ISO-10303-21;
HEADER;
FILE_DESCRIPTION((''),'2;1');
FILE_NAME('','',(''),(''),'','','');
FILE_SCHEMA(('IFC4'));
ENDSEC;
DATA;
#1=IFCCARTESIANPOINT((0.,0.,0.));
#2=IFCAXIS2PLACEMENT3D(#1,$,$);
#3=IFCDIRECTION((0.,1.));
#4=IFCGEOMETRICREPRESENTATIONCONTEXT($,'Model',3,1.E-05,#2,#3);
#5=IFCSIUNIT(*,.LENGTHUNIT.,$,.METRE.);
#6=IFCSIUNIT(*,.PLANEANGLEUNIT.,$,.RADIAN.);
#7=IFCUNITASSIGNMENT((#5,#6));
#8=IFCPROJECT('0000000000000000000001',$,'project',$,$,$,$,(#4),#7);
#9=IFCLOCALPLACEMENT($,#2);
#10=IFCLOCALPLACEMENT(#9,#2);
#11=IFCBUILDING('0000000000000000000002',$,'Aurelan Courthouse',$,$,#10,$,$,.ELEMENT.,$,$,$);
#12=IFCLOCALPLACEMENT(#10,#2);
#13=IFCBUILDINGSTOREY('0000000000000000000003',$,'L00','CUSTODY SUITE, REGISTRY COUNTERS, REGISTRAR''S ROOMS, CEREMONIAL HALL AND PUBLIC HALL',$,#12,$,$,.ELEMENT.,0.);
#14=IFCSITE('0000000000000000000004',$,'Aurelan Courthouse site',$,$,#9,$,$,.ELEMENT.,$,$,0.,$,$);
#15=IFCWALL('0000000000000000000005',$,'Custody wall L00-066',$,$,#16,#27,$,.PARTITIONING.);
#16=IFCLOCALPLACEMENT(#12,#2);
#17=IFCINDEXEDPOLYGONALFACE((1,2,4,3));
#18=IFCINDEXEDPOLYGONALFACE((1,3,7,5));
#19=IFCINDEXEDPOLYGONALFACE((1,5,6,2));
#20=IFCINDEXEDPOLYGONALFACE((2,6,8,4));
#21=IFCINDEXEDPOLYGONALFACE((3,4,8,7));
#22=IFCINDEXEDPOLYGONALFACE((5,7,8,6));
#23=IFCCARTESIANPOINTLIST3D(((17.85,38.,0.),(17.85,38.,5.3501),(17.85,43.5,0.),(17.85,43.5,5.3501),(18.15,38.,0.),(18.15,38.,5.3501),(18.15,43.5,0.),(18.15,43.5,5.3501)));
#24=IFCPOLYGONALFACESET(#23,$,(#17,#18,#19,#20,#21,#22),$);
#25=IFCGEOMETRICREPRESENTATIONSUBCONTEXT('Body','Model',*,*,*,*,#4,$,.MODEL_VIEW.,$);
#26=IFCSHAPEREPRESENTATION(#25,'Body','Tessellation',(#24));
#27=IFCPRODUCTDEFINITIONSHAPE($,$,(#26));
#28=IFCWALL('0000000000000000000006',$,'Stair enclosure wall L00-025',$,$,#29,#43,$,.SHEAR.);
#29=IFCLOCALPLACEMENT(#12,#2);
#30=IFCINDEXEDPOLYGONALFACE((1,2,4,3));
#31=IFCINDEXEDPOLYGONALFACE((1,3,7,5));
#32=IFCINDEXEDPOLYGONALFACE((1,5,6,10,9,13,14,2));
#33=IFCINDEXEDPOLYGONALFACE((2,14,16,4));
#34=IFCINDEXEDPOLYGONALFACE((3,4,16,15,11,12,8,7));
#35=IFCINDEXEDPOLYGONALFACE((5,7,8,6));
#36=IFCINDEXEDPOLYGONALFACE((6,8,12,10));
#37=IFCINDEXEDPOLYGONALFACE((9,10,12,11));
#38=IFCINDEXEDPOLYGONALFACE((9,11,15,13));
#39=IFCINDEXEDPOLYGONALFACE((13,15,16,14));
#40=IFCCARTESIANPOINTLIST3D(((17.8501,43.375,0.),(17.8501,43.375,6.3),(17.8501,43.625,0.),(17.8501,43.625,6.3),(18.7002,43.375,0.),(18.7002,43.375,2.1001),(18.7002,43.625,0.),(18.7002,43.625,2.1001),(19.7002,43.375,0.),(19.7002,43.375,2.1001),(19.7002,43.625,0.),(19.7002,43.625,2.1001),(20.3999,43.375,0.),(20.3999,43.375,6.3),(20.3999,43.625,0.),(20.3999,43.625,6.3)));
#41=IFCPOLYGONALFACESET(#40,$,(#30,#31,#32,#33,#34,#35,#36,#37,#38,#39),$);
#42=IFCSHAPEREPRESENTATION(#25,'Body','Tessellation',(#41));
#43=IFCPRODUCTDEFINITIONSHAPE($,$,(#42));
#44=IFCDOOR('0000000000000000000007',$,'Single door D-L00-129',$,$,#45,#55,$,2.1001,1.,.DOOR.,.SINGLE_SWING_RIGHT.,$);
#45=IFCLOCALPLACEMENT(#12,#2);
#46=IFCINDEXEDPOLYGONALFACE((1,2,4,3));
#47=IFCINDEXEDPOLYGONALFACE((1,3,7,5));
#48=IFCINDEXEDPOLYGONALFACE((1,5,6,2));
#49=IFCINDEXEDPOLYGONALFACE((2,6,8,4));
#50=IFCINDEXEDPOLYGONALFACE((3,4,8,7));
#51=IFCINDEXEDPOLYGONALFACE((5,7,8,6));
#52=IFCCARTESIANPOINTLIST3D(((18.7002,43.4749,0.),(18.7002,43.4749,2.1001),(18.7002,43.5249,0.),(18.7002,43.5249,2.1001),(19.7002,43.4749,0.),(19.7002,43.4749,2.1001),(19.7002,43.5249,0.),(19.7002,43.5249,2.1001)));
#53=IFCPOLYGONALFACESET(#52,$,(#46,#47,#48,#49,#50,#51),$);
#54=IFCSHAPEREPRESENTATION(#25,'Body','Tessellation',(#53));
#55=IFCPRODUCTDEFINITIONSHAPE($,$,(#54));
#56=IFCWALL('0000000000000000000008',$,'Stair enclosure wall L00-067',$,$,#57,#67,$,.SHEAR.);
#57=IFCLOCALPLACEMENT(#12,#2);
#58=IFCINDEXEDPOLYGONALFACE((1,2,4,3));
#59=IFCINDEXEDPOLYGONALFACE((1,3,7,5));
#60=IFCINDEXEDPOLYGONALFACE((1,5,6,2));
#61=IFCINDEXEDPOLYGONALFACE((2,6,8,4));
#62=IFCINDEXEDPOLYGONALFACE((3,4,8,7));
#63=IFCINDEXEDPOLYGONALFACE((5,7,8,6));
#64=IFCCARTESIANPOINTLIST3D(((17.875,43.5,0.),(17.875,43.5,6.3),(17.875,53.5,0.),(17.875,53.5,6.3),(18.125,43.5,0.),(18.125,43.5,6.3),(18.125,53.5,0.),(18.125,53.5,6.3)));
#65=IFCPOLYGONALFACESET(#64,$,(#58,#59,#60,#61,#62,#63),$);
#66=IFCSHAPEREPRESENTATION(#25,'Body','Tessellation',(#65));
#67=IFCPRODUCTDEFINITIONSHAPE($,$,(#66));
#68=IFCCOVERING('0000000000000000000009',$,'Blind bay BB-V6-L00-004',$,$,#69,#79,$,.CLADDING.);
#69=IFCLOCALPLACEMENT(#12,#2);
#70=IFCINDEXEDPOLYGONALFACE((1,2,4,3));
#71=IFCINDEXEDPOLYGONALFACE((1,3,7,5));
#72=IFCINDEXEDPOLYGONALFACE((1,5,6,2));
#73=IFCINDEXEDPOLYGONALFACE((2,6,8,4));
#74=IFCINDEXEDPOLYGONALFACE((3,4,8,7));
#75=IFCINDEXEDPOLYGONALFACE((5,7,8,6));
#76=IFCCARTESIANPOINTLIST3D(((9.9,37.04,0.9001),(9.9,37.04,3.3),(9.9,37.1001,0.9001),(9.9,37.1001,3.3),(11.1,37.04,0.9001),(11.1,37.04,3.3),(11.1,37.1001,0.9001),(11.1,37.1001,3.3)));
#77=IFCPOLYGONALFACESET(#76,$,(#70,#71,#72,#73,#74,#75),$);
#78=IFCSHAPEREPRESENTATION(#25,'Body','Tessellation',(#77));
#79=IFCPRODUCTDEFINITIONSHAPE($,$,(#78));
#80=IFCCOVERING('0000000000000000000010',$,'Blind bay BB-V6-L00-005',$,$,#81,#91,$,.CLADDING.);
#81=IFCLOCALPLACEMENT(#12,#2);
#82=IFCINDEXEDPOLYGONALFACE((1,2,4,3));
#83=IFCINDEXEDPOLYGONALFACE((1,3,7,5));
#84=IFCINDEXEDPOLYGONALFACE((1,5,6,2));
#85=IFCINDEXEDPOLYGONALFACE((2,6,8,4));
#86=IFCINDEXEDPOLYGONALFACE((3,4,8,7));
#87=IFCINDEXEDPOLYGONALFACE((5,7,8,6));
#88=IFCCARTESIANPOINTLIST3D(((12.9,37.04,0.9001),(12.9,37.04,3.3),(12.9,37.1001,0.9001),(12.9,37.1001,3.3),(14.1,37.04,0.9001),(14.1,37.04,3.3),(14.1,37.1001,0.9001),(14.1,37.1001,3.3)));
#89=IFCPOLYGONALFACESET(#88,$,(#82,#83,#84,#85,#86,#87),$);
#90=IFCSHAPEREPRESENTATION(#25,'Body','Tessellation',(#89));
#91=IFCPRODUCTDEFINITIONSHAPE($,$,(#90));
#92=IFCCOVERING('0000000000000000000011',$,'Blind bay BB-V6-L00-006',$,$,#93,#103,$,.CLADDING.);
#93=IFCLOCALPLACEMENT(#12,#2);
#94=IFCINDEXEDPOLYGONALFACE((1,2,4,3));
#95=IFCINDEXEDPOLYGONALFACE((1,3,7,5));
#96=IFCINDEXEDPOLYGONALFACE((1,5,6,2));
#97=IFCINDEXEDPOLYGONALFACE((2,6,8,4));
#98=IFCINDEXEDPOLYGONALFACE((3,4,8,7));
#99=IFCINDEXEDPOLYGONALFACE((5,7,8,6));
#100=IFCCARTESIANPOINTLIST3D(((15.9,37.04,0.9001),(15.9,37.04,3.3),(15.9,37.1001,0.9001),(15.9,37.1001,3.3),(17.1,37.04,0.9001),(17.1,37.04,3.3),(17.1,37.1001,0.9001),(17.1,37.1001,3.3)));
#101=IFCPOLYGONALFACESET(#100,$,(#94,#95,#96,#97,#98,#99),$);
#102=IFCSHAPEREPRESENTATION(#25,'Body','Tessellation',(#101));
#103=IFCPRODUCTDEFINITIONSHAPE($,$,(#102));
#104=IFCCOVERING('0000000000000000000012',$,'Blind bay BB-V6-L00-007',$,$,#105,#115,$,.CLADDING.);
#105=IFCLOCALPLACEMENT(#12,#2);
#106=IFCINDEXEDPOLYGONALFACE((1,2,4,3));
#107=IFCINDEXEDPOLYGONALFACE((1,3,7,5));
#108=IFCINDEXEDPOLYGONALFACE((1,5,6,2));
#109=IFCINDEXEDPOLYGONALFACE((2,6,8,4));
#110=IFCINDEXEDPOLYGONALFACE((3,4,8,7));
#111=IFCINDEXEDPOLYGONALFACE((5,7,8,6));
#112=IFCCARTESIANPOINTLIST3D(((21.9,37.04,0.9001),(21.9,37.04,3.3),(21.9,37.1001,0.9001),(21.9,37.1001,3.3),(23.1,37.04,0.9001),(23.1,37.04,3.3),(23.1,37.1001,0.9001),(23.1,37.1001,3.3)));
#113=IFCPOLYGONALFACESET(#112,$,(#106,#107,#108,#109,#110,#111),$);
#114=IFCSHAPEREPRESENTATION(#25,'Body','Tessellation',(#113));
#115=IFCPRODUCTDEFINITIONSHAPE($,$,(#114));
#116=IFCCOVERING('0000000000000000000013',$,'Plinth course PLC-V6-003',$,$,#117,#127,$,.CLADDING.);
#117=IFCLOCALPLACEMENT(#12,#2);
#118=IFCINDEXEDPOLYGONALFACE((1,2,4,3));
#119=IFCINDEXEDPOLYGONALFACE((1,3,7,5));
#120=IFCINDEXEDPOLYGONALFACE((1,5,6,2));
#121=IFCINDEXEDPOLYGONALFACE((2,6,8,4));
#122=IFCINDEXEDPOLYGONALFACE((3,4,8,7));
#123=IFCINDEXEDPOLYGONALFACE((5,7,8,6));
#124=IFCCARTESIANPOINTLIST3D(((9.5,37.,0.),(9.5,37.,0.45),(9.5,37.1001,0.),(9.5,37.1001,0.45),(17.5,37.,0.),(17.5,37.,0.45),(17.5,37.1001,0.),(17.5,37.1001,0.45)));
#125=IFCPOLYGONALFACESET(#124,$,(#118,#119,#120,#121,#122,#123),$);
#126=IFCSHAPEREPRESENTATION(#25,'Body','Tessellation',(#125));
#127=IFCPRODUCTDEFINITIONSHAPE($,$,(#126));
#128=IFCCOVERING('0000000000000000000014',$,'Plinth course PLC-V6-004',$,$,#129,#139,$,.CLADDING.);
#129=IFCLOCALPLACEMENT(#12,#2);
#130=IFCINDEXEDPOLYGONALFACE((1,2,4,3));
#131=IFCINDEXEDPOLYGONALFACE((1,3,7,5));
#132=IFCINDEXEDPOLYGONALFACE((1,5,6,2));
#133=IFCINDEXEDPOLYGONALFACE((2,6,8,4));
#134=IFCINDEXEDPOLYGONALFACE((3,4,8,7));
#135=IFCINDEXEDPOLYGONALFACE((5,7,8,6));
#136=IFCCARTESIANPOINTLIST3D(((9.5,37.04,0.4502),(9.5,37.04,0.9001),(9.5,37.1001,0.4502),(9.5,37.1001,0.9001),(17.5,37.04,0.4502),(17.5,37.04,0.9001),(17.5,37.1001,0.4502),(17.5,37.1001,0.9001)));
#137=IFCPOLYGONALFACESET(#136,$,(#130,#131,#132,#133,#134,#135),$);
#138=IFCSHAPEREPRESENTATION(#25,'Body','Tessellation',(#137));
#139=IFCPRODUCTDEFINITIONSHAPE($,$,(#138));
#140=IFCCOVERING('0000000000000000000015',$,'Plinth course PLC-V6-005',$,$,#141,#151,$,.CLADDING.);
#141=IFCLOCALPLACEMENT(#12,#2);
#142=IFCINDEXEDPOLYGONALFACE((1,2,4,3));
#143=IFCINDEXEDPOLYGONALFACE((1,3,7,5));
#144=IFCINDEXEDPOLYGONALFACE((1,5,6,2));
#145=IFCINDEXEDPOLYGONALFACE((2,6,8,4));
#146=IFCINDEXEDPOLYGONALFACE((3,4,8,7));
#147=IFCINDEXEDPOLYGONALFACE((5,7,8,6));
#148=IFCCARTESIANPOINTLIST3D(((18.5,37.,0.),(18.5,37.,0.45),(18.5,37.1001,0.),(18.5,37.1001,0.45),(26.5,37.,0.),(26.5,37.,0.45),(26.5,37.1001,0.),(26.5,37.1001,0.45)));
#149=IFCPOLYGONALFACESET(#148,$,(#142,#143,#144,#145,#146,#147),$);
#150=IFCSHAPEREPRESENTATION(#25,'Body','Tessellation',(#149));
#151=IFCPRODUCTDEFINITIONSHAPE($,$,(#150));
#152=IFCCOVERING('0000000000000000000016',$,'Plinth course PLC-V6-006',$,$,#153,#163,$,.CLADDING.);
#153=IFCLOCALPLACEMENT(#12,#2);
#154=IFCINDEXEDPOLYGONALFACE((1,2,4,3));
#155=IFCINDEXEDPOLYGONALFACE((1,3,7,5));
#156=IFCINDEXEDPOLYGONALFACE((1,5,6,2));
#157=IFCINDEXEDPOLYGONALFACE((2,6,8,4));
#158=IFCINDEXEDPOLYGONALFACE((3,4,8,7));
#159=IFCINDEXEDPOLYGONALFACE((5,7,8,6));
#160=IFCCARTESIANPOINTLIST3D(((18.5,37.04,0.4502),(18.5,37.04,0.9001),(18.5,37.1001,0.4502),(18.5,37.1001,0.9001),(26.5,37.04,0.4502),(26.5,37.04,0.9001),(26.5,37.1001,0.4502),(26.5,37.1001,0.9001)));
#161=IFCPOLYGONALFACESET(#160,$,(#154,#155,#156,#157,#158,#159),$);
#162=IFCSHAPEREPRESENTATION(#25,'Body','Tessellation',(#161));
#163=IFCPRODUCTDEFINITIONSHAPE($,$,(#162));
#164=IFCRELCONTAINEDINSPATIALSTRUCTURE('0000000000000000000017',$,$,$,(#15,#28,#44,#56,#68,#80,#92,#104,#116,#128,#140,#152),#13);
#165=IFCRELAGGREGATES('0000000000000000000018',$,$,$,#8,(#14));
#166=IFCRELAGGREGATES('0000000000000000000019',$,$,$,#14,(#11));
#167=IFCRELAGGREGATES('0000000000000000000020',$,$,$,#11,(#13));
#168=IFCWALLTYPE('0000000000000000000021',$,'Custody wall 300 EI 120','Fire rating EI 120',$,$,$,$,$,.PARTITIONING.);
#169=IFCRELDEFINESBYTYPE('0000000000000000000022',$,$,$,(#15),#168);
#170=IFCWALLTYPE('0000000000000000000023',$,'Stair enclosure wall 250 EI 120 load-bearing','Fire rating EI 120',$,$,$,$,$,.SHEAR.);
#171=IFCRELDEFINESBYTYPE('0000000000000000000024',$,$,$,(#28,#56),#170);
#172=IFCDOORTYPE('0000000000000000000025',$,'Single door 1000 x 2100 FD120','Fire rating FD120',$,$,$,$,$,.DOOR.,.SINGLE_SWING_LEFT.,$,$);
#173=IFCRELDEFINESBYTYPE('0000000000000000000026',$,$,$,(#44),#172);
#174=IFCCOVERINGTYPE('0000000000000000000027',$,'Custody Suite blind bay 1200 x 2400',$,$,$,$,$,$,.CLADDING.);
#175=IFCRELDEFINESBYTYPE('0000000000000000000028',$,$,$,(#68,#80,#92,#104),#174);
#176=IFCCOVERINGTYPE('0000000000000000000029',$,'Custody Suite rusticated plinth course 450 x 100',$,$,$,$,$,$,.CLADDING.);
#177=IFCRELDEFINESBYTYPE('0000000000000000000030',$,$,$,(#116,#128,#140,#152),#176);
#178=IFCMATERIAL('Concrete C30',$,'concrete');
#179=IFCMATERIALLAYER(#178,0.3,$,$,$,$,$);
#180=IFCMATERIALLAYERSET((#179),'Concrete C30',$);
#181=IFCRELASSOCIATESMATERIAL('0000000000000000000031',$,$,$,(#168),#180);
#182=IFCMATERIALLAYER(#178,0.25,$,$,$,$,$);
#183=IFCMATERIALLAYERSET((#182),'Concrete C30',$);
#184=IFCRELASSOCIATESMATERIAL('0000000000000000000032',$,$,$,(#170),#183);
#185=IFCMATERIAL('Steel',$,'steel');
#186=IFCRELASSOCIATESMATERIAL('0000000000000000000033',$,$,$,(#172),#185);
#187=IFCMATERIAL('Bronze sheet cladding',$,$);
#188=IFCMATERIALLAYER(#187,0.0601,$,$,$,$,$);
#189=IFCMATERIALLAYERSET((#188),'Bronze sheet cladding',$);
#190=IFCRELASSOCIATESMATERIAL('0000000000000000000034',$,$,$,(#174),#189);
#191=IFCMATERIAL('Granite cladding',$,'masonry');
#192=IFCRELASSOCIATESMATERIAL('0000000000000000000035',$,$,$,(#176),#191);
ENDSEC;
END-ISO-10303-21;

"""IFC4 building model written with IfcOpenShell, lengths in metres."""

from ifc_helpers import new_model, si_unit, direction, frame, frame_2d, origin, origin_2d, place, context, subcontext, project, spatial, rectangle, extrude, material, layer, layer_set, type_object, element, fill, save


model = new_model("IFC4")

# Units and contexts
model_context = context("Model", 3, precision=1e-05, world=origin(), true_north=direction((0.0, 1.0)))
body_context = subcontext(model_context, "Body", "Model", "MODEL_VIEW")
ifc_project = project(units=[si_unit("LENGTHUNIT", "METRE"), si_unit("PLANEANGLEUNIT", "RADIAN")], contexts=[model_context])

# Site, building, storey
site_placement = place(None, origin())
site = spatial("IfcSite", under=ifc_project, at=site_placement, Name="Aurelan Courthouse site", CompositionType="ELEMENT", RefElevation=0.0)
building_placement = place(site_placement, origin())
building = spatial("IfcBuilding", under=site, at=building_placement, Name="Aurelan Courthouse", CompositionType="ELEMENT")
storey_placement = place(building_placement, origin())
storey = spatial("IfcBuildingStorey", under=building, at=storey_placement, Name="L00", Description="CUSTODY SUITE, REGISTRY COUNTERS, REGISTRAR'S ROOMS, CEREMONIAL HALL AND PUBLIC HALL", CompositionType="ELEMENT", Elevation=0.0)

# Shared definitions
ifc_material_1 = material(Name="Granite cladding", Category="masonry")
ifc_material_2 = material(Name="Concrete C30", Category="concrete")

# Wall
ifc_layer_1 = layer(ifc_material_2, 0.3)
ifc_layer_set_1 = layer_set([ifc_layer_1], Name="Concrete C30")
wall_type_1 = type_object("IfcWallType", Name="Custody wall 300 EI 120", Description="Fire rating EI 120", PredefinedType="PARTITIONING", material=ifc_layer_set_1)
wall_1_placement = place(storey_placement, frame((18.0, 38.0, 0.0), z_axis=(0.0, 0.0, 1.0), x_axis=(0.0, 1.0, 0.0)))
element("IfcWall", 1, at=wall_1_placement, inside=storey, type_object=wall_type_1, Name="Custody wall L00-066", PredefinedType="PARTITIONING", context=body_context, shape_type="SweptSolid", body=[
    extrude(rectangle(XDim=5.5, YDim=0.3, at=frame_2d((2.75, 0.0))), origin(), (0.0, 0.0, 1.0), 5.3501),
])

# Wall, opening, door
ifc_layer_2 = layer(ifc_material_2, 0.25)
ifc_layer_set_2 = layer_set([ifc_layer_2], Name="Concrete C30")
wall_type_2 = type_object("IfcWallType", Name="Stair enclosure wall 250 EI 120 load-bearing", Description="Fire rating EI 120", PredefinedType="SHEAR", material=ifc_layer_set_2)
wall_2_placement = place(storey_placement, frame((17.8501, 43.5, 0.0), z_axis=(0.0, 0.0, 1.0), x_axis=(1.0, 0.0, 0.0)))
wall_2 = element("IfcWall", 2, at=wall_2_placement, inside=storey, type_object=wall_type_2, Name="Stair enclosure wall L00-025", PredefinedType="SHEAR", context=body_context, shape_type="SweptSolid", body=[
    extrude(rectangle(XDim=2.5498, YDim=0.25, at=frame_2d((1.2749, 0.0))), origin(), (0.0, 0.0, 1.0), 6.3),
])
opening_1_placement = place(wall_2_placement, frame((0.8501, 0.0, 0.0)))
opening_1 = element("IfcOpeningElement", 3, at=opening_1_placement, cuts=wall_2, PredefinedType="OPENING", context=body_context, shape_type="SweptSolid", body=[
    extrude(rectangle(XDim=1.0, YDim=2.1001, at=frame_2d((0.5, 1.05))), frame((0.0, 0.135, 0.0), z_axis=(0.0, -1.0, 0.0), x_axis=(1.0, 0.0, 0.0)), (0.0, 0.0, 1.0), 0.27),
])
ifc_material_3 = material(Name="Steel", Category="steel")
door_type = type_object("IfcDoorType", Name="Single door 1000 x 2100 FD120", Description="Fire rating FD120", OperationType="SINGLE_SWING_LEFT", PredefinedType="DOOR", material=ifc_material_3)
door_placement = place(opening_1_placement, origin())
door = element("IfcDoor", 4, at=door_placement, inside=storey, type_object=door_type, Name="Single door D-L00-129", OperationType="SINGLE_SWING_RIGHT", OverallHeight=2.1001, OverallWidth=1.0, PredefinedType="DOOR", context=body_context, shape_type="SweptSolid", body=[
    extrude(rectangle(XDim=1.0, YDim=2.1001, at=frame_2d((0.5, 1.05))), frame((0.0, 0.0249, 0.0), z_axis=(0.0, -1.0, 0.0), x_axis=(1.0, 0.0, 0.0)), (0.0, 0.0, 1.0), 0.05),
])
fill(opening_1, door)

# Wall
wall_3_placement = place(storey_placement, frame((18.0, 43.5, 0.0), z_axis=(0.0, 0.0, 1.0), x_axis=(0.0, 1.0, 0.0)))
element("IfcWall", 5, at=wall_3_placement, inside=storey, type_object=wall_type_2, Name="Stair enclosure wall L00-067", PredefinedType="SHEAR", context=body_context, shape_type="SweptSolid", body=[
    extrude(rectangle(XDim=10.0, YDim=0.25, at=frame_2d((5.0, 0.0))), origin(), (0.0, 0.0, 1.0), 6.3),
])

# Coverings
ifc_material_4 = material(Name="Bronze sheet cladding")
ifc_layer_3 = layer(ifc_material_4, 0.0601)
ifc_layer_set_3 = layer_set([ifc_layer_3], Name="Bronze sheet cladding")
covering_type_1 = type_object("IfcCoveringType", Name="Custody Suite blind bay 1200 x 2400", PredefinedType="CLADDING", material=ifc_layer_set_3)
for number, where, z_axis, x_axis, name in (
    (6, (10.5, 37.0701, 0.9001), (0.0, 0.0, 1.0), (1.0, 0.0, 0.0), "Blind bay BB-V6-L00-004"),
    (7, (13.5, 37.0701, 0.9001), (0.0, 0.0, 1.0), (1.0, 0.0, 0.0), "Blind bay BB-V6-L00-005"),
    (8, (16.5, 37.0701, 0.9001), (0.0, 0.0, 1.0), (1.0, 0.0, 0.0), "Blind bay BB-V6-L00-006"),
    (9, (22.5, 37.0701, 0.9001), (0.0, 0.0, 1.0), (1.0, 0.0, 0.0), "Blind bay BB-V6-L00-007"),
):
    element("IfcCovering", number, at=place(storey_placement, frame(where, z_axis=z_axis, x_axis=x_axis)), inside=storey, type_object=covering_type_1, Name=name, PredefinedType="CLADDING", context=body_context, shape_type="SweptSolid", body=[
        extrude(rectangle(XDim=1.2, YDim=0.0601, at=origin_2d()), origin(), (0.0, 0.0, 1.0), 2.3999),
    ])
covering_type_2 = type_object("IfcCoveringType", Name="Custody Suite rusticated plinth course 450 x 100", PredefinedType="CLADDING", material=ifc_material_1)
covering_1_placement = place(storey_placement, frame((13.5, 37.05, 0.0), z_axis=(0.0, 0.0, 1.0), x_axis=(1.0, 0.0, 0.0)))
element("IfcCovering", 10, at=covering_1_placement, inside=storey, type_object=covering_type_2, Name="Plinth course PLC-V6-003", PredefinedType="CLADDING", context=body_context, shape_type="SweptSolid", body=[
    extrude(rectangle(XDim=8.0, YDim=0.1001, at=origin_2d()), origin(), (0.0, 0.0, 1.0), 0.45),
])
covering_2_placement = place(storey_placement, frame((13.5, 37.0701, 0.4502), z_axis=(0.0, 0.0, 1.0), x_axis=(1.0, 0.0, 0.0)))
element("IfcCovering", 11, at=covering_2_placement, inside=storey, type_object=covering_type_2, Name="Plinth course PLC-V6-004", PredefinedType="CLADDING", context=body_context, shape_type="SweptSolid", body=[
    extrude(rectangle(XDim=8.0, YDim=0.0601, at=origin_2d()), origin(), (0.0, 0.0, 1.0), 0.45),
])
covering_3_placement = place(storey_placement, frame((22.5, 37.05, 0.0), z_axis=(0.0, 0.0, 1.0), x_axis=(1.0, 0.0, 0.0)))
element("IfcCovering", 12, at=covering_3_placement, inside=storey, type_object=covering_type_2, Name="Plinth course PLC-V6-005", PredefinedType="CLADDING", context=body_context, shape_type="SweptSolid", body=[
    extrude(rectangle(XDim=8.0, YDim=0.1001, at=origin_2d()), origin(), (0.0, 0.0, 1.0), 0.45),
])
covering_4_placement = place(storey_placement, frame((22.5, 37.0701, 0.4502), z_axis=(0.0, 0.0, 1.0), x_axis=(1.0, 0.0, 0.0)))
element("IfcCovering", 13, at=covering_4_placement, inside=storey, type_object=covering_type_2, Name="Plinth course PLC-V6-006", PredefinedType="CLADDING", context=body_context, shape_type="SweptSolid", body=[
    extrude(rectangle(XDim=8.0, YDim=0.0601, at=origin_2d()), origin(), (0.0, 0.0, 1.0), 0.45),
])

save(model, "model.ifc")
